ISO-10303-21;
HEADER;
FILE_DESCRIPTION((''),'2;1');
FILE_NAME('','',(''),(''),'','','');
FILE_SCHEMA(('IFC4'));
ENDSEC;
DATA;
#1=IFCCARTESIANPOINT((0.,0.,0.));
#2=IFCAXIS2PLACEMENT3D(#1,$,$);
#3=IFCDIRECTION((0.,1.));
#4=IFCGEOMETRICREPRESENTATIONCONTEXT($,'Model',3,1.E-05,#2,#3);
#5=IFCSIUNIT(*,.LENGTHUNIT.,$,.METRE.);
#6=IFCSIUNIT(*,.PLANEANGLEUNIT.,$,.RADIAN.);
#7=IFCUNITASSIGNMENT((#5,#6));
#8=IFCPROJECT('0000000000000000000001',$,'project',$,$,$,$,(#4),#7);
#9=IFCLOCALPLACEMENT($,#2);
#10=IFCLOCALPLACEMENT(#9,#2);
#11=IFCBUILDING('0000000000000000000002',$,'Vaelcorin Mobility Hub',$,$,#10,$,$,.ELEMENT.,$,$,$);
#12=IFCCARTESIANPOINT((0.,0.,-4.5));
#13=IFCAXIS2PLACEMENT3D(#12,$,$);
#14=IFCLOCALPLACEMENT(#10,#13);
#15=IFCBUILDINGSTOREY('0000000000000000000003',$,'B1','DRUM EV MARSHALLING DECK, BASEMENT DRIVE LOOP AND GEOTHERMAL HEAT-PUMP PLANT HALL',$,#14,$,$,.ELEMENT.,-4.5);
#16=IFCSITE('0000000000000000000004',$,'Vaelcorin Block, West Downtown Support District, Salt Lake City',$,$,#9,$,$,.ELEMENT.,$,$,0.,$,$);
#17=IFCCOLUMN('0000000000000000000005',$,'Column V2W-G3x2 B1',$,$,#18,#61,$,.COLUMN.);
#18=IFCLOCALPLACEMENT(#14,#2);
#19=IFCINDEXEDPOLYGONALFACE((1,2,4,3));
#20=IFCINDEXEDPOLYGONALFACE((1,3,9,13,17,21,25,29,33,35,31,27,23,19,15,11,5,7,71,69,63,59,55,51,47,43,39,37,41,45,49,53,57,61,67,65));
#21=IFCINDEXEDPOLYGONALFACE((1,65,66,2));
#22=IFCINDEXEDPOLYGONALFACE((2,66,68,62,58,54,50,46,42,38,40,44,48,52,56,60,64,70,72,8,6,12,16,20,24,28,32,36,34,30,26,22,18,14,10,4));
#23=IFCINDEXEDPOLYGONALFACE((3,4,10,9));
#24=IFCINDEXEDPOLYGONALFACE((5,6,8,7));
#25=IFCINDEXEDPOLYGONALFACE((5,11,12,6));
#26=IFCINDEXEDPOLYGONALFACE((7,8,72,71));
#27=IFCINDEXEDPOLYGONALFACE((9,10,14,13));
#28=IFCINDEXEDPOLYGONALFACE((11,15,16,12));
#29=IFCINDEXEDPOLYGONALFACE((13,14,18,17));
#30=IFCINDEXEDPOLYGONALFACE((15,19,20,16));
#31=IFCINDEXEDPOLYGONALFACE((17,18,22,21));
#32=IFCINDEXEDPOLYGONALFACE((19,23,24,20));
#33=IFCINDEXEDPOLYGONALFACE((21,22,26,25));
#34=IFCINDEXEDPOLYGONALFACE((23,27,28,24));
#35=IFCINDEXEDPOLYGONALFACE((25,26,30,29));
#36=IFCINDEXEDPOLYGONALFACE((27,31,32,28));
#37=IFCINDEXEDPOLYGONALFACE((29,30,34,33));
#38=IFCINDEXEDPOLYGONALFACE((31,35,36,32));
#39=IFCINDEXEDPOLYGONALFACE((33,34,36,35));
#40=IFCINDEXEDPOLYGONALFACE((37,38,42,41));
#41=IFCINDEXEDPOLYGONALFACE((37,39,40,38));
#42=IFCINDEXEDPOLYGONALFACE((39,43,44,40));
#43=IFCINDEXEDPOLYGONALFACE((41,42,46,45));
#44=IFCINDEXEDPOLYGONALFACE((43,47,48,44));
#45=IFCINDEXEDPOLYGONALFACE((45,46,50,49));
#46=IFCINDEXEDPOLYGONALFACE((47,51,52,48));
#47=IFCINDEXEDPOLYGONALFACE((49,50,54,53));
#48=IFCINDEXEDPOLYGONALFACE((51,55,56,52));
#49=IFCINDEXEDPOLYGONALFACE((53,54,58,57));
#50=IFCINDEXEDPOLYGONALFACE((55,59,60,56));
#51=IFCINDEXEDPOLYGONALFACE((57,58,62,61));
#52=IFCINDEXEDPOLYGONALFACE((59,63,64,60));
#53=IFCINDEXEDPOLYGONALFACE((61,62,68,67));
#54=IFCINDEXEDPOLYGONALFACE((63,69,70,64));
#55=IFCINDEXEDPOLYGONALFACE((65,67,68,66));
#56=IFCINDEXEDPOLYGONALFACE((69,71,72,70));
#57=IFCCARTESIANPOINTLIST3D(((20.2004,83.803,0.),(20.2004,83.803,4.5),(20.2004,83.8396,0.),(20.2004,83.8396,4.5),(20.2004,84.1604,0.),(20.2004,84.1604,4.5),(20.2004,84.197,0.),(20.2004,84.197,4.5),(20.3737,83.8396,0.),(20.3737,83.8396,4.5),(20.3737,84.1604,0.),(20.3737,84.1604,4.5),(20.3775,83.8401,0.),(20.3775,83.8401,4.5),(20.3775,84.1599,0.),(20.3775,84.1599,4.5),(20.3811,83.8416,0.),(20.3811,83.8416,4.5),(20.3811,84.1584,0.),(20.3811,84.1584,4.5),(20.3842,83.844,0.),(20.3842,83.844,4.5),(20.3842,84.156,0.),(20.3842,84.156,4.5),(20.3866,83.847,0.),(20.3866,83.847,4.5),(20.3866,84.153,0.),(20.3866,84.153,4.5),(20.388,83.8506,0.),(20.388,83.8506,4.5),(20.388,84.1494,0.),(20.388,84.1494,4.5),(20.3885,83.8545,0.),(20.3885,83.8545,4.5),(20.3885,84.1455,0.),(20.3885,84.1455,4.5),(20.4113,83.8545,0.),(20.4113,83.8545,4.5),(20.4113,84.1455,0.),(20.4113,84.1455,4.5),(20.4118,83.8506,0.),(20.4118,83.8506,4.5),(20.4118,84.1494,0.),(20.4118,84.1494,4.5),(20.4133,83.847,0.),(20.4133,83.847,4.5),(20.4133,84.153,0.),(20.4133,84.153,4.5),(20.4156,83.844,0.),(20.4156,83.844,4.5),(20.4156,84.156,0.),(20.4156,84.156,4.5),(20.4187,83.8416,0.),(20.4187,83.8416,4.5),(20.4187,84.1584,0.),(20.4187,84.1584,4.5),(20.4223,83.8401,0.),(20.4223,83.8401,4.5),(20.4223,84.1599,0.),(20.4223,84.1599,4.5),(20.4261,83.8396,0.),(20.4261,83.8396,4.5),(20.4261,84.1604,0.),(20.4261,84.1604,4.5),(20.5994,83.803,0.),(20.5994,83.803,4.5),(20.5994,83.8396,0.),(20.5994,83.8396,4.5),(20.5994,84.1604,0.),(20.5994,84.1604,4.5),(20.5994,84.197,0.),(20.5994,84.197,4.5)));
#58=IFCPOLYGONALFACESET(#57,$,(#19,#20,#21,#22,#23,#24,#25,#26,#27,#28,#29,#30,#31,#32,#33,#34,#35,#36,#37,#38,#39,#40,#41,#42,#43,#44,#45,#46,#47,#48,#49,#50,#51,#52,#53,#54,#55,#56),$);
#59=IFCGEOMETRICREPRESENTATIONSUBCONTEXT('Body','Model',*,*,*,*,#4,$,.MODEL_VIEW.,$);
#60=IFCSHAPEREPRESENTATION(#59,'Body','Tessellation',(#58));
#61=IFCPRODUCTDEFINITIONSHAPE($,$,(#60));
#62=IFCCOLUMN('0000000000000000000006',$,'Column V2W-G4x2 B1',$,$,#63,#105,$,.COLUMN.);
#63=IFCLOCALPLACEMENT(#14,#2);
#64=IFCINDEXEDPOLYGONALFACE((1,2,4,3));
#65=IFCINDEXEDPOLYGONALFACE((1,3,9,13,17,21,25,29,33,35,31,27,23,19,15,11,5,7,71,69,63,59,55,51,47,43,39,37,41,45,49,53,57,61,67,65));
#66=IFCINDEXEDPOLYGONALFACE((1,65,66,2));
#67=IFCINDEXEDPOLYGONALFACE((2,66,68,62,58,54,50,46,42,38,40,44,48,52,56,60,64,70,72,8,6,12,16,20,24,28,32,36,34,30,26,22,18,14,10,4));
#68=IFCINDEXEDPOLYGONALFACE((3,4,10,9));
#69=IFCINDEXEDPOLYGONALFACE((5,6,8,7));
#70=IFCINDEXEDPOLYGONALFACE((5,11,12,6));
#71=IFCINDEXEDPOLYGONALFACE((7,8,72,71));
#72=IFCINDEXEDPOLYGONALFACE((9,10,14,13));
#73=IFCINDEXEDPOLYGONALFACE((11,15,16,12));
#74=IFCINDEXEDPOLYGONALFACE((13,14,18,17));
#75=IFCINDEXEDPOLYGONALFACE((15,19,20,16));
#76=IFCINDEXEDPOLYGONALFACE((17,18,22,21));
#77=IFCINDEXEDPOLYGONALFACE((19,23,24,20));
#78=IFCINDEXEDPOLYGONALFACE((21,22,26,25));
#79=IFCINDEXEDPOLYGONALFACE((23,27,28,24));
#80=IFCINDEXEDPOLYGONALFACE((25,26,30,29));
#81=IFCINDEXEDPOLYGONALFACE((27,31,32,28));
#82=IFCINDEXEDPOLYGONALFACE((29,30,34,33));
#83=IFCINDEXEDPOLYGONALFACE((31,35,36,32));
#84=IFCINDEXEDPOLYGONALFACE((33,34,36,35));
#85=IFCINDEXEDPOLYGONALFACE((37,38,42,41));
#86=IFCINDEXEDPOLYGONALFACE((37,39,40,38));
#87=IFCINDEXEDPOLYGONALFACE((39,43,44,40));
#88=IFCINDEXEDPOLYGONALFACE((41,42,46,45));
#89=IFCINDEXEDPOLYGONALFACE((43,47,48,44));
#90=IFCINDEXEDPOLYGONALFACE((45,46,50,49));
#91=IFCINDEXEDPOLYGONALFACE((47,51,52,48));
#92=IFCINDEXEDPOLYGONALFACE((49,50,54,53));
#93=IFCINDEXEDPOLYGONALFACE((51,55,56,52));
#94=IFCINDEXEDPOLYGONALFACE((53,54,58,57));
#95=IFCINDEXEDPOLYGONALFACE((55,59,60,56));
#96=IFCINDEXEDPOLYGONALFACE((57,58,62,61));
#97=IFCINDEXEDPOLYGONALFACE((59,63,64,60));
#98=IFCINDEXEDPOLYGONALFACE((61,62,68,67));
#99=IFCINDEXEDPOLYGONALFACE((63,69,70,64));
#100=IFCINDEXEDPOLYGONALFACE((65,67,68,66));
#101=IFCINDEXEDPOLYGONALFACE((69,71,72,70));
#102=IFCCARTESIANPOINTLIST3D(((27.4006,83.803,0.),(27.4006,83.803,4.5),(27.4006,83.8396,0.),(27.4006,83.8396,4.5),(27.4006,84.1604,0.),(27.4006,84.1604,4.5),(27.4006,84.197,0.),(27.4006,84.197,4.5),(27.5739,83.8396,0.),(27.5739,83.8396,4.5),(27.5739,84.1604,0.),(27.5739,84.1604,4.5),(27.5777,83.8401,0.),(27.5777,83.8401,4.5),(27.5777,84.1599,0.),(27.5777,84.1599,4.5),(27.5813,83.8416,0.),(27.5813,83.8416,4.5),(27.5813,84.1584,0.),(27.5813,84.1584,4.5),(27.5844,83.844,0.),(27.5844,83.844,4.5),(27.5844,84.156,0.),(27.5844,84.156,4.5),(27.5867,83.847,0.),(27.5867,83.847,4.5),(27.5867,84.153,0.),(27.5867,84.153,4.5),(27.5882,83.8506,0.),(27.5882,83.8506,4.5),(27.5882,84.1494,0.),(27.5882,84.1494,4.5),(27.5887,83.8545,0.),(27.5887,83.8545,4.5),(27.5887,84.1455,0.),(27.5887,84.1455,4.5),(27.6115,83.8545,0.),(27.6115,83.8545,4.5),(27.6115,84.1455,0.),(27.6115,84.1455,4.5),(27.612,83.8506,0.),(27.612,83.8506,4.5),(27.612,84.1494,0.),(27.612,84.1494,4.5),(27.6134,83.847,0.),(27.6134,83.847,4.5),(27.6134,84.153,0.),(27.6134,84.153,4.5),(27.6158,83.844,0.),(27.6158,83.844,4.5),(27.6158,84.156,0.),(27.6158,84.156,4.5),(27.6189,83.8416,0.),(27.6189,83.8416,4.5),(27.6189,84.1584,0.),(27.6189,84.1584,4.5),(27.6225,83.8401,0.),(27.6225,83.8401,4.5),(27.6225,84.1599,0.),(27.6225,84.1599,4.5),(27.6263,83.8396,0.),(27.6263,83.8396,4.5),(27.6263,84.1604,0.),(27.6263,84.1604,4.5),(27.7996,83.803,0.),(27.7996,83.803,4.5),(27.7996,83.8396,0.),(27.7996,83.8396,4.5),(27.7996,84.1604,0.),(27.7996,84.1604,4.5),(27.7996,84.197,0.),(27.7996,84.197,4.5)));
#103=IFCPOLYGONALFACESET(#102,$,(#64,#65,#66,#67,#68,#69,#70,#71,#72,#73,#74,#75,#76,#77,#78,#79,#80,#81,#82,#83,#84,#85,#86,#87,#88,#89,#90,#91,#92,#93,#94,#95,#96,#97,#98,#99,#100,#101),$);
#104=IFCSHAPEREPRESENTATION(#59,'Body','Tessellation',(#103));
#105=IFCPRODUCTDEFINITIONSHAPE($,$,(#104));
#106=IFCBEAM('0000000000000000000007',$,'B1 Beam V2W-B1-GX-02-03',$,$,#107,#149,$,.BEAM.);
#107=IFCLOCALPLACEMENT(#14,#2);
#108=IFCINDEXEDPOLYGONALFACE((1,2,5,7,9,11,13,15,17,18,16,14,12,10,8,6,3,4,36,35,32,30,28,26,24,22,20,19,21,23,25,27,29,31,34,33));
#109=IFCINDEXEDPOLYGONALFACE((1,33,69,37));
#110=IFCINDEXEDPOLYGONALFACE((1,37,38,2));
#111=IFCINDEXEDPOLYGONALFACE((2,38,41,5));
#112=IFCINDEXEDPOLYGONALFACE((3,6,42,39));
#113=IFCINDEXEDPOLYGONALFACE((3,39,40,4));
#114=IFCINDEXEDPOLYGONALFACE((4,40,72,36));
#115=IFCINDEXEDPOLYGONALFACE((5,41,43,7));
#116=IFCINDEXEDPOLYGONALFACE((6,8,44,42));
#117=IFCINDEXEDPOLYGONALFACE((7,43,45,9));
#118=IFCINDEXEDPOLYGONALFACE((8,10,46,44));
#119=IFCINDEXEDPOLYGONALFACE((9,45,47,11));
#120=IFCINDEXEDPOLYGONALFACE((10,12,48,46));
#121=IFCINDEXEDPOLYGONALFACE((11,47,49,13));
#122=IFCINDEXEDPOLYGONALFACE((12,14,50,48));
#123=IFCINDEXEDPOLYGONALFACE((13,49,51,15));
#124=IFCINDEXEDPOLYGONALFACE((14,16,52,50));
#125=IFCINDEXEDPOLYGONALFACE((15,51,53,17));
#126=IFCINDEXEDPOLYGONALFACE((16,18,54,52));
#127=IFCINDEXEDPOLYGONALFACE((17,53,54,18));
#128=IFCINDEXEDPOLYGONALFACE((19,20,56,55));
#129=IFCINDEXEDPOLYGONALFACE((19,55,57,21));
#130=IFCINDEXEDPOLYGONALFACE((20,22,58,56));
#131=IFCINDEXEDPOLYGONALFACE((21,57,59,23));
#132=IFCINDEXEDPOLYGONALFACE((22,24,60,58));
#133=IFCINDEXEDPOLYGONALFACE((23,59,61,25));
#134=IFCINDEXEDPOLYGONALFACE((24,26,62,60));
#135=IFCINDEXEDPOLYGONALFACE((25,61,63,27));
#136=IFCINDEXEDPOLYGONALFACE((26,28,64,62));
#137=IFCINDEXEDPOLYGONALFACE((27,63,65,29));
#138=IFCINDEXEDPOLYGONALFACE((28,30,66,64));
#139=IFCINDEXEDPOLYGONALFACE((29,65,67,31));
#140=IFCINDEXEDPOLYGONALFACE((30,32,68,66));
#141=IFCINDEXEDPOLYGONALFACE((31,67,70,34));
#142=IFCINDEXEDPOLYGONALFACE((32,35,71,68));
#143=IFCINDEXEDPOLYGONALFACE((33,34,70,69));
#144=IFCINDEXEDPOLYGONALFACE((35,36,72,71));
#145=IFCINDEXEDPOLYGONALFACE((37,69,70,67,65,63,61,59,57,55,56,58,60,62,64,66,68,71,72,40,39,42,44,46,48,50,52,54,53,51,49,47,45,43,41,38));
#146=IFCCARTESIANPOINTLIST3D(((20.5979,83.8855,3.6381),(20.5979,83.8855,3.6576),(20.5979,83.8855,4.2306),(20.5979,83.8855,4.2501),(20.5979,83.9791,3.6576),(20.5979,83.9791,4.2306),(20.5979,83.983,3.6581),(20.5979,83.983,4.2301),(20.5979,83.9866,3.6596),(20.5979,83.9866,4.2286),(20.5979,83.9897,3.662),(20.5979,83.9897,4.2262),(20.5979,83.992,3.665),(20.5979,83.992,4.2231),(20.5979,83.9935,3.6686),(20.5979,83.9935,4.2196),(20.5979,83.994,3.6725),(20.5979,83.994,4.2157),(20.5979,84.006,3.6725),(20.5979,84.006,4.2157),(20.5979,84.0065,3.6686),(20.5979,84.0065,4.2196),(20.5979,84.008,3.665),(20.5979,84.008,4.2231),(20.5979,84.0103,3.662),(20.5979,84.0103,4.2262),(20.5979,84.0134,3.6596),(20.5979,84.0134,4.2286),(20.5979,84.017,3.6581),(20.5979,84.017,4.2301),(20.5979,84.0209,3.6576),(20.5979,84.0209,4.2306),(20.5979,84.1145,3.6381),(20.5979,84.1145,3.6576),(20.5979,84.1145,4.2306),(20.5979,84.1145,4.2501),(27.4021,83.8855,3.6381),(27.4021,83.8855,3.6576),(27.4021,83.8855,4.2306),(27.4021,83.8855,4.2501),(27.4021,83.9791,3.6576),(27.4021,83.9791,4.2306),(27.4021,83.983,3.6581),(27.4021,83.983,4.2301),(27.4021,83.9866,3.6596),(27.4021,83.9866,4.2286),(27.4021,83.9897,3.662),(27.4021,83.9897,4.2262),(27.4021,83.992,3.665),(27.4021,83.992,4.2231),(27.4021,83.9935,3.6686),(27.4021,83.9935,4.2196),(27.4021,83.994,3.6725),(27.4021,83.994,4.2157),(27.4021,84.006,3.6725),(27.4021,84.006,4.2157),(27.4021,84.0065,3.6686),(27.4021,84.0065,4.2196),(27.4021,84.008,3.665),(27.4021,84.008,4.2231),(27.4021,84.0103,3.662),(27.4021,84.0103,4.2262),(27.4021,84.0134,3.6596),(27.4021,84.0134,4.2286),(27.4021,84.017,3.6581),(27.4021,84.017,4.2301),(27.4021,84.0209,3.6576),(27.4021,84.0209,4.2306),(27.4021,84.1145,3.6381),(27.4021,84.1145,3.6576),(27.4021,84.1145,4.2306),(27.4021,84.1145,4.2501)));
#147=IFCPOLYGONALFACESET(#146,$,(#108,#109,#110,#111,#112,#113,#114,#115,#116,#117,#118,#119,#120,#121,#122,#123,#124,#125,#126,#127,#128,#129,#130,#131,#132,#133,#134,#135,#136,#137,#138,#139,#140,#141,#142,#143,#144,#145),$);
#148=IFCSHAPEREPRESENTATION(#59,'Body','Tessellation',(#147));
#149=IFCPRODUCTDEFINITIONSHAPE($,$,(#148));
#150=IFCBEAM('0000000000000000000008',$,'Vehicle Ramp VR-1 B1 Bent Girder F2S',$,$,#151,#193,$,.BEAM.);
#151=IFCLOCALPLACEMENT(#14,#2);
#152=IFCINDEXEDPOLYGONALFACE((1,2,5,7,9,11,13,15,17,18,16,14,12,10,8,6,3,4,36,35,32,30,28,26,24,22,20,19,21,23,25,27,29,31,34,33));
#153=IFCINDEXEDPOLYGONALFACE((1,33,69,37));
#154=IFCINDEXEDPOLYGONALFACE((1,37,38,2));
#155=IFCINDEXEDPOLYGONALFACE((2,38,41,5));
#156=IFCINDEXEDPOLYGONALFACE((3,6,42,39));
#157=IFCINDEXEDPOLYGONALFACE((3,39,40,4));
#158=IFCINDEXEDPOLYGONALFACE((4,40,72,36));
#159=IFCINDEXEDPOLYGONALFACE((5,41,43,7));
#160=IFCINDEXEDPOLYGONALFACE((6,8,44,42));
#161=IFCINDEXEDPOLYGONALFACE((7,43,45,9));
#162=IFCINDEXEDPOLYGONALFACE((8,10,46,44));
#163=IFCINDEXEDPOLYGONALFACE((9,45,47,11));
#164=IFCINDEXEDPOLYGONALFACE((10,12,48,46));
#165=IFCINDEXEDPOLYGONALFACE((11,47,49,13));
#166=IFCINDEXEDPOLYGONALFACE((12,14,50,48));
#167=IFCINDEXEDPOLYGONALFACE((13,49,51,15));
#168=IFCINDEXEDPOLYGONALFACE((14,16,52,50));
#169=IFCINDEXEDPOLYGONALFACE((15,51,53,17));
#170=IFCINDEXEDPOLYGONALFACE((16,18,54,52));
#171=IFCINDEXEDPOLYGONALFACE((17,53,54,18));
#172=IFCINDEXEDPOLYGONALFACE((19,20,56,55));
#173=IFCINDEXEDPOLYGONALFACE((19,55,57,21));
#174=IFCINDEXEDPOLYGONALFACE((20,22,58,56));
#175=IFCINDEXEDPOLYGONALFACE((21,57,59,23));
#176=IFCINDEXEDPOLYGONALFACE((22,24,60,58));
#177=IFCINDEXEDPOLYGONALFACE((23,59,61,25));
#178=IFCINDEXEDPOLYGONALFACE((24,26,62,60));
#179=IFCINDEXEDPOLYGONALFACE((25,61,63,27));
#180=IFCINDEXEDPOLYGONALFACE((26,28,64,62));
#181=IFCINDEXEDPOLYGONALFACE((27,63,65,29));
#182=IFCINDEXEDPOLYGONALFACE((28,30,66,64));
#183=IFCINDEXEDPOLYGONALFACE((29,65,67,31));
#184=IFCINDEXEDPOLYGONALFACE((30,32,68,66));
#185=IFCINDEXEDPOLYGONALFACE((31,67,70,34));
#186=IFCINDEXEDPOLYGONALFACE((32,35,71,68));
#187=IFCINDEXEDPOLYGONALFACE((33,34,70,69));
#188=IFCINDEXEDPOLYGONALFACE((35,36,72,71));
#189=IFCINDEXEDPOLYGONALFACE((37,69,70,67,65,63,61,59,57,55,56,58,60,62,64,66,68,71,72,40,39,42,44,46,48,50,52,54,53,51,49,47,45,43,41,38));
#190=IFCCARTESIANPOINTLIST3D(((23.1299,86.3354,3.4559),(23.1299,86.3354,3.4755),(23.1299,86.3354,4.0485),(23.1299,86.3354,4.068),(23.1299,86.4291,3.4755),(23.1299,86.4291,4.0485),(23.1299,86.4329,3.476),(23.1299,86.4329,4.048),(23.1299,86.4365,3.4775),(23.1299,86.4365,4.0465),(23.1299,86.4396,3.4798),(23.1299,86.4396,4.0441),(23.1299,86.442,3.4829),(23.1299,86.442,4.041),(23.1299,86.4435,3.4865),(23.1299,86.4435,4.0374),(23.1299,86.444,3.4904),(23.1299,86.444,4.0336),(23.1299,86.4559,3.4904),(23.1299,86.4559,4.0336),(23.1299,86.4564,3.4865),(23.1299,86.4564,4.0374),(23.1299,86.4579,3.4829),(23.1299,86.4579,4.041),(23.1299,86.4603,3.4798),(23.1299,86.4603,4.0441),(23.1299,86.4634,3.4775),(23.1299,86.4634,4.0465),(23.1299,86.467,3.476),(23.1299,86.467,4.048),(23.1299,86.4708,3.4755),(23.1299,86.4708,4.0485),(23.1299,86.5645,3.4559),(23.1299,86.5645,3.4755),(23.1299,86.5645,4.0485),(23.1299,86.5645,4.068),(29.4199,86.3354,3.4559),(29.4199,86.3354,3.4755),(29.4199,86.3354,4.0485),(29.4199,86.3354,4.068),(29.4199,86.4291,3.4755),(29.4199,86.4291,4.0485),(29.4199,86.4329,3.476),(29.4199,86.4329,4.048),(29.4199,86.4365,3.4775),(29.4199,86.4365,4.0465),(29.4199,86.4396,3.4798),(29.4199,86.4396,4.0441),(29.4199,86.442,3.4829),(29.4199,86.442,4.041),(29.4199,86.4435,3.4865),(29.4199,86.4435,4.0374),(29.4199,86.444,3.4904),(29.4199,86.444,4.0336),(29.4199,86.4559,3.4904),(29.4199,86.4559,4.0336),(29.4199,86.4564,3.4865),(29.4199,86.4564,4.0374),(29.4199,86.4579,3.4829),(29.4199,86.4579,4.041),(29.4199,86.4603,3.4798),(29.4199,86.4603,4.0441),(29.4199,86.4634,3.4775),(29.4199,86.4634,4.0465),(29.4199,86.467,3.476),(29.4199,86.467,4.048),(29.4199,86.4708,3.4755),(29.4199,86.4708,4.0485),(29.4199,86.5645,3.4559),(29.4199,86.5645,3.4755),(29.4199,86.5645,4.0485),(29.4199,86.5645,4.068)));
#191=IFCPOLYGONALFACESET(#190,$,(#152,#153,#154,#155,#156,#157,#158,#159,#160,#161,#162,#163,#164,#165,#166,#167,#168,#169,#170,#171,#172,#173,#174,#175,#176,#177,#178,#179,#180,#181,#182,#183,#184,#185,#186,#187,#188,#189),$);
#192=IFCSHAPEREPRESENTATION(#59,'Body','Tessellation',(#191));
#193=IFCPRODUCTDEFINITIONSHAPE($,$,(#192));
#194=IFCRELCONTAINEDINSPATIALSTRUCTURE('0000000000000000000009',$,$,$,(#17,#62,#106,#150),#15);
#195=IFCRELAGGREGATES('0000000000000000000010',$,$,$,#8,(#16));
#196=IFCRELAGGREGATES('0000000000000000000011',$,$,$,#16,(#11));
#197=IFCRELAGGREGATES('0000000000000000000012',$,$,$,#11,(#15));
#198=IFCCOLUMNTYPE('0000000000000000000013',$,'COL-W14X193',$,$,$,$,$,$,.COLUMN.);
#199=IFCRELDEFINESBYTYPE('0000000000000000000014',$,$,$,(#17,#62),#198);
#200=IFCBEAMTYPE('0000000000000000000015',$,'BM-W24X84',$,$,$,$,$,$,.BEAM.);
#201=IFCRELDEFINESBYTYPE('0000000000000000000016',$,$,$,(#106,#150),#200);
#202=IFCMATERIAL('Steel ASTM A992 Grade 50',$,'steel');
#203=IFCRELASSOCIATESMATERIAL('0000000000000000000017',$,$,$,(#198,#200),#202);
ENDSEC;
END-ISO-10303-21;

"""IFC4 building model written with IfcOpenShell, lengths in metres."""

from ifc_helpers import new_model, si_unit, direction, frame, origin, origin_2d, place, context, subcontext, project, spatial, i_section, extrude, material, material_profile, profile_set, type_object, element, save


model = new_model("IFC4")

# Units and contexts
model_context = context("Model", 3, precision=1e-05, world=origin(), true_north=direction((0.0, 1.0)))
body_context = subcontext(model_context, "Body", "Model", "MODEL_VIEW")
ifc_project = project(units=[si_unit("LENGTHUNIT", "METRE"), si_unit("PLANEANGLEUNIT", "RADIAN")], contexts=[model_context])

# Site, building, storey
site_placement = place(None, origin())
site = spatial("IfcSite", under=ifc_project, at=site_placement, Name="Vaelcorin Block, West Downtown Support District, Salt Lake City", CompositionType="ELEMENT", RefElevation=0.0)
building_placement = place(site_placement, origin())
building = spatial("IfcBuilding", under=site, at=building_placement, Name="Vaelcorin Mobility Hub", CompositionType="ELEMENT")
storey_placement = place(building_placement, frame((0.0, 0.0, -4.5)))
storey = spatial("IfcBuildingStorey", under=building, at=storey_placement, Name="B1", Description="DRUM EV MARSHALLING DECK, BASEMENT DRIVE LOOP AND GEOTHERMAL HEAT-PUMP PLANT HALL", CompositionType="ELEMENT", Elevation=-4.5)

# Columns
ifc_material_1 = material(Name="Steel ASTM A992 Grade 50", Category="steel")
ifc_material_profile_1 = material_profile(ifc_material_1, i_section(OverallWidth=0.3989, OverallDepth=0.394, WebThickness=0.0227, FlangeThickness=0.0366, FilletRadius=0.0149, at=origin_2d()), Name="W14X193")
ifc_profile_set_1 = profile_set([ifc_material_profile_1], Name="Steel ASTM A992 Grade 50")
column_type_1 = type_object("IfcColumnType", Name="COL-W14X193", PredefinedType="COLUMN", material=ifc_profile_set_1)
for number, where, z_axis, x_axis, name in (
    (1, (20.3999, 84.0, 0.0), (0.0, 0.0, 1.0), (1.0, 0.0, 0.0), "Column V2W-G3x2 B1"),
    (2, (27.6001, 84.0, 0.0), (0.0, 0.0, 1.0), (1.0, 0.0, 0.0), "Column V2W-G4x2 B1"),
):
    element("IfcColumn", number, at=place(storey_placement, frame(where, z_axis=z_axis, x_axis=x_axis)), inside=storey, type_object=column_type_1, Name=name, PredefinedType="COLUMN", context=body_context, shape_type="SweptSolid", body=[
        extrude(i_section(OverallWidth=0.3989, OverallDepth=0.394, WebThickness=0.0227, FlangeThickness=0.0366, FilletRadius=0.0149, at=origin_2d()), origin(), (0.0, 0.0, 1.0), 4.5),
    ])

# Beams
ifc_material_profile_2 = material_profile(ifc_material_1, i_section(OverallWidth=0.229, OverallDepth=0.6121, WebThickness=0.012, FlangeThickness=0.0195, FilletRadius=0.0149, at=origin_2d()), Name="W24X84")
ifc_profile_set_2 = profile_set([ifc_material_profile_2], Name="Steel ASTM A992 Grade 50")
beam_type = type_object("IfcBeamType", Name="BM-W24X84", PredefinedType="BEAM", material=ifc_profile_set_2)
beam_1_placement = place(storey_placement, frame((20.5979, 84.0, 3.9441), z_axis=(1.0, 0.0, 0.0), x_axis=(0.0, 1.0, 0.0)))
element("IfcBeam", 3, at=beam_1_placement, inside=storey, type_object=beam_type, Name="B1 Beam V2W-B1-GX-02-03", PredefinedType="BEAM", context=body_context, shape_type="SweptSolid", body=[
    extrude(i_section(OverallWidth=0.229, OverallDepth=0.6121, WebThickness=0.012, FlangeThickness=0.0195, FilletRadius=0.0149, at=origin_2d()), origin(), (0.0, 0.0, 1.0), 6.8042),
])
beam_2_placement = place(storey_placement, frame((23.1299, 86.45, 3.762), z_axis=(1.0, 0.0, 0.0), x_axis=(0.0, 1.0, 0.0)))
element("IfcBeam", 4, at=beam_2_placement, inside=storey, type_object=beam_type, Name="Vehicle Ramp VR-1 B1 Bent Girder F2S", PredefinedType="BEAM", context=body_context, shape_type="SweptSolid", body=[
    extrude(i_section(OverallWidth=0.229, OverallDepth=0.6121, WebThickness=0.012, FlangeThickness=0.0195, FilletRadius=0.0149, at=origin_2d()), origin(), (0.0, 0.0, 1.0), 6.29),
])

save(model, "model.ifc")
